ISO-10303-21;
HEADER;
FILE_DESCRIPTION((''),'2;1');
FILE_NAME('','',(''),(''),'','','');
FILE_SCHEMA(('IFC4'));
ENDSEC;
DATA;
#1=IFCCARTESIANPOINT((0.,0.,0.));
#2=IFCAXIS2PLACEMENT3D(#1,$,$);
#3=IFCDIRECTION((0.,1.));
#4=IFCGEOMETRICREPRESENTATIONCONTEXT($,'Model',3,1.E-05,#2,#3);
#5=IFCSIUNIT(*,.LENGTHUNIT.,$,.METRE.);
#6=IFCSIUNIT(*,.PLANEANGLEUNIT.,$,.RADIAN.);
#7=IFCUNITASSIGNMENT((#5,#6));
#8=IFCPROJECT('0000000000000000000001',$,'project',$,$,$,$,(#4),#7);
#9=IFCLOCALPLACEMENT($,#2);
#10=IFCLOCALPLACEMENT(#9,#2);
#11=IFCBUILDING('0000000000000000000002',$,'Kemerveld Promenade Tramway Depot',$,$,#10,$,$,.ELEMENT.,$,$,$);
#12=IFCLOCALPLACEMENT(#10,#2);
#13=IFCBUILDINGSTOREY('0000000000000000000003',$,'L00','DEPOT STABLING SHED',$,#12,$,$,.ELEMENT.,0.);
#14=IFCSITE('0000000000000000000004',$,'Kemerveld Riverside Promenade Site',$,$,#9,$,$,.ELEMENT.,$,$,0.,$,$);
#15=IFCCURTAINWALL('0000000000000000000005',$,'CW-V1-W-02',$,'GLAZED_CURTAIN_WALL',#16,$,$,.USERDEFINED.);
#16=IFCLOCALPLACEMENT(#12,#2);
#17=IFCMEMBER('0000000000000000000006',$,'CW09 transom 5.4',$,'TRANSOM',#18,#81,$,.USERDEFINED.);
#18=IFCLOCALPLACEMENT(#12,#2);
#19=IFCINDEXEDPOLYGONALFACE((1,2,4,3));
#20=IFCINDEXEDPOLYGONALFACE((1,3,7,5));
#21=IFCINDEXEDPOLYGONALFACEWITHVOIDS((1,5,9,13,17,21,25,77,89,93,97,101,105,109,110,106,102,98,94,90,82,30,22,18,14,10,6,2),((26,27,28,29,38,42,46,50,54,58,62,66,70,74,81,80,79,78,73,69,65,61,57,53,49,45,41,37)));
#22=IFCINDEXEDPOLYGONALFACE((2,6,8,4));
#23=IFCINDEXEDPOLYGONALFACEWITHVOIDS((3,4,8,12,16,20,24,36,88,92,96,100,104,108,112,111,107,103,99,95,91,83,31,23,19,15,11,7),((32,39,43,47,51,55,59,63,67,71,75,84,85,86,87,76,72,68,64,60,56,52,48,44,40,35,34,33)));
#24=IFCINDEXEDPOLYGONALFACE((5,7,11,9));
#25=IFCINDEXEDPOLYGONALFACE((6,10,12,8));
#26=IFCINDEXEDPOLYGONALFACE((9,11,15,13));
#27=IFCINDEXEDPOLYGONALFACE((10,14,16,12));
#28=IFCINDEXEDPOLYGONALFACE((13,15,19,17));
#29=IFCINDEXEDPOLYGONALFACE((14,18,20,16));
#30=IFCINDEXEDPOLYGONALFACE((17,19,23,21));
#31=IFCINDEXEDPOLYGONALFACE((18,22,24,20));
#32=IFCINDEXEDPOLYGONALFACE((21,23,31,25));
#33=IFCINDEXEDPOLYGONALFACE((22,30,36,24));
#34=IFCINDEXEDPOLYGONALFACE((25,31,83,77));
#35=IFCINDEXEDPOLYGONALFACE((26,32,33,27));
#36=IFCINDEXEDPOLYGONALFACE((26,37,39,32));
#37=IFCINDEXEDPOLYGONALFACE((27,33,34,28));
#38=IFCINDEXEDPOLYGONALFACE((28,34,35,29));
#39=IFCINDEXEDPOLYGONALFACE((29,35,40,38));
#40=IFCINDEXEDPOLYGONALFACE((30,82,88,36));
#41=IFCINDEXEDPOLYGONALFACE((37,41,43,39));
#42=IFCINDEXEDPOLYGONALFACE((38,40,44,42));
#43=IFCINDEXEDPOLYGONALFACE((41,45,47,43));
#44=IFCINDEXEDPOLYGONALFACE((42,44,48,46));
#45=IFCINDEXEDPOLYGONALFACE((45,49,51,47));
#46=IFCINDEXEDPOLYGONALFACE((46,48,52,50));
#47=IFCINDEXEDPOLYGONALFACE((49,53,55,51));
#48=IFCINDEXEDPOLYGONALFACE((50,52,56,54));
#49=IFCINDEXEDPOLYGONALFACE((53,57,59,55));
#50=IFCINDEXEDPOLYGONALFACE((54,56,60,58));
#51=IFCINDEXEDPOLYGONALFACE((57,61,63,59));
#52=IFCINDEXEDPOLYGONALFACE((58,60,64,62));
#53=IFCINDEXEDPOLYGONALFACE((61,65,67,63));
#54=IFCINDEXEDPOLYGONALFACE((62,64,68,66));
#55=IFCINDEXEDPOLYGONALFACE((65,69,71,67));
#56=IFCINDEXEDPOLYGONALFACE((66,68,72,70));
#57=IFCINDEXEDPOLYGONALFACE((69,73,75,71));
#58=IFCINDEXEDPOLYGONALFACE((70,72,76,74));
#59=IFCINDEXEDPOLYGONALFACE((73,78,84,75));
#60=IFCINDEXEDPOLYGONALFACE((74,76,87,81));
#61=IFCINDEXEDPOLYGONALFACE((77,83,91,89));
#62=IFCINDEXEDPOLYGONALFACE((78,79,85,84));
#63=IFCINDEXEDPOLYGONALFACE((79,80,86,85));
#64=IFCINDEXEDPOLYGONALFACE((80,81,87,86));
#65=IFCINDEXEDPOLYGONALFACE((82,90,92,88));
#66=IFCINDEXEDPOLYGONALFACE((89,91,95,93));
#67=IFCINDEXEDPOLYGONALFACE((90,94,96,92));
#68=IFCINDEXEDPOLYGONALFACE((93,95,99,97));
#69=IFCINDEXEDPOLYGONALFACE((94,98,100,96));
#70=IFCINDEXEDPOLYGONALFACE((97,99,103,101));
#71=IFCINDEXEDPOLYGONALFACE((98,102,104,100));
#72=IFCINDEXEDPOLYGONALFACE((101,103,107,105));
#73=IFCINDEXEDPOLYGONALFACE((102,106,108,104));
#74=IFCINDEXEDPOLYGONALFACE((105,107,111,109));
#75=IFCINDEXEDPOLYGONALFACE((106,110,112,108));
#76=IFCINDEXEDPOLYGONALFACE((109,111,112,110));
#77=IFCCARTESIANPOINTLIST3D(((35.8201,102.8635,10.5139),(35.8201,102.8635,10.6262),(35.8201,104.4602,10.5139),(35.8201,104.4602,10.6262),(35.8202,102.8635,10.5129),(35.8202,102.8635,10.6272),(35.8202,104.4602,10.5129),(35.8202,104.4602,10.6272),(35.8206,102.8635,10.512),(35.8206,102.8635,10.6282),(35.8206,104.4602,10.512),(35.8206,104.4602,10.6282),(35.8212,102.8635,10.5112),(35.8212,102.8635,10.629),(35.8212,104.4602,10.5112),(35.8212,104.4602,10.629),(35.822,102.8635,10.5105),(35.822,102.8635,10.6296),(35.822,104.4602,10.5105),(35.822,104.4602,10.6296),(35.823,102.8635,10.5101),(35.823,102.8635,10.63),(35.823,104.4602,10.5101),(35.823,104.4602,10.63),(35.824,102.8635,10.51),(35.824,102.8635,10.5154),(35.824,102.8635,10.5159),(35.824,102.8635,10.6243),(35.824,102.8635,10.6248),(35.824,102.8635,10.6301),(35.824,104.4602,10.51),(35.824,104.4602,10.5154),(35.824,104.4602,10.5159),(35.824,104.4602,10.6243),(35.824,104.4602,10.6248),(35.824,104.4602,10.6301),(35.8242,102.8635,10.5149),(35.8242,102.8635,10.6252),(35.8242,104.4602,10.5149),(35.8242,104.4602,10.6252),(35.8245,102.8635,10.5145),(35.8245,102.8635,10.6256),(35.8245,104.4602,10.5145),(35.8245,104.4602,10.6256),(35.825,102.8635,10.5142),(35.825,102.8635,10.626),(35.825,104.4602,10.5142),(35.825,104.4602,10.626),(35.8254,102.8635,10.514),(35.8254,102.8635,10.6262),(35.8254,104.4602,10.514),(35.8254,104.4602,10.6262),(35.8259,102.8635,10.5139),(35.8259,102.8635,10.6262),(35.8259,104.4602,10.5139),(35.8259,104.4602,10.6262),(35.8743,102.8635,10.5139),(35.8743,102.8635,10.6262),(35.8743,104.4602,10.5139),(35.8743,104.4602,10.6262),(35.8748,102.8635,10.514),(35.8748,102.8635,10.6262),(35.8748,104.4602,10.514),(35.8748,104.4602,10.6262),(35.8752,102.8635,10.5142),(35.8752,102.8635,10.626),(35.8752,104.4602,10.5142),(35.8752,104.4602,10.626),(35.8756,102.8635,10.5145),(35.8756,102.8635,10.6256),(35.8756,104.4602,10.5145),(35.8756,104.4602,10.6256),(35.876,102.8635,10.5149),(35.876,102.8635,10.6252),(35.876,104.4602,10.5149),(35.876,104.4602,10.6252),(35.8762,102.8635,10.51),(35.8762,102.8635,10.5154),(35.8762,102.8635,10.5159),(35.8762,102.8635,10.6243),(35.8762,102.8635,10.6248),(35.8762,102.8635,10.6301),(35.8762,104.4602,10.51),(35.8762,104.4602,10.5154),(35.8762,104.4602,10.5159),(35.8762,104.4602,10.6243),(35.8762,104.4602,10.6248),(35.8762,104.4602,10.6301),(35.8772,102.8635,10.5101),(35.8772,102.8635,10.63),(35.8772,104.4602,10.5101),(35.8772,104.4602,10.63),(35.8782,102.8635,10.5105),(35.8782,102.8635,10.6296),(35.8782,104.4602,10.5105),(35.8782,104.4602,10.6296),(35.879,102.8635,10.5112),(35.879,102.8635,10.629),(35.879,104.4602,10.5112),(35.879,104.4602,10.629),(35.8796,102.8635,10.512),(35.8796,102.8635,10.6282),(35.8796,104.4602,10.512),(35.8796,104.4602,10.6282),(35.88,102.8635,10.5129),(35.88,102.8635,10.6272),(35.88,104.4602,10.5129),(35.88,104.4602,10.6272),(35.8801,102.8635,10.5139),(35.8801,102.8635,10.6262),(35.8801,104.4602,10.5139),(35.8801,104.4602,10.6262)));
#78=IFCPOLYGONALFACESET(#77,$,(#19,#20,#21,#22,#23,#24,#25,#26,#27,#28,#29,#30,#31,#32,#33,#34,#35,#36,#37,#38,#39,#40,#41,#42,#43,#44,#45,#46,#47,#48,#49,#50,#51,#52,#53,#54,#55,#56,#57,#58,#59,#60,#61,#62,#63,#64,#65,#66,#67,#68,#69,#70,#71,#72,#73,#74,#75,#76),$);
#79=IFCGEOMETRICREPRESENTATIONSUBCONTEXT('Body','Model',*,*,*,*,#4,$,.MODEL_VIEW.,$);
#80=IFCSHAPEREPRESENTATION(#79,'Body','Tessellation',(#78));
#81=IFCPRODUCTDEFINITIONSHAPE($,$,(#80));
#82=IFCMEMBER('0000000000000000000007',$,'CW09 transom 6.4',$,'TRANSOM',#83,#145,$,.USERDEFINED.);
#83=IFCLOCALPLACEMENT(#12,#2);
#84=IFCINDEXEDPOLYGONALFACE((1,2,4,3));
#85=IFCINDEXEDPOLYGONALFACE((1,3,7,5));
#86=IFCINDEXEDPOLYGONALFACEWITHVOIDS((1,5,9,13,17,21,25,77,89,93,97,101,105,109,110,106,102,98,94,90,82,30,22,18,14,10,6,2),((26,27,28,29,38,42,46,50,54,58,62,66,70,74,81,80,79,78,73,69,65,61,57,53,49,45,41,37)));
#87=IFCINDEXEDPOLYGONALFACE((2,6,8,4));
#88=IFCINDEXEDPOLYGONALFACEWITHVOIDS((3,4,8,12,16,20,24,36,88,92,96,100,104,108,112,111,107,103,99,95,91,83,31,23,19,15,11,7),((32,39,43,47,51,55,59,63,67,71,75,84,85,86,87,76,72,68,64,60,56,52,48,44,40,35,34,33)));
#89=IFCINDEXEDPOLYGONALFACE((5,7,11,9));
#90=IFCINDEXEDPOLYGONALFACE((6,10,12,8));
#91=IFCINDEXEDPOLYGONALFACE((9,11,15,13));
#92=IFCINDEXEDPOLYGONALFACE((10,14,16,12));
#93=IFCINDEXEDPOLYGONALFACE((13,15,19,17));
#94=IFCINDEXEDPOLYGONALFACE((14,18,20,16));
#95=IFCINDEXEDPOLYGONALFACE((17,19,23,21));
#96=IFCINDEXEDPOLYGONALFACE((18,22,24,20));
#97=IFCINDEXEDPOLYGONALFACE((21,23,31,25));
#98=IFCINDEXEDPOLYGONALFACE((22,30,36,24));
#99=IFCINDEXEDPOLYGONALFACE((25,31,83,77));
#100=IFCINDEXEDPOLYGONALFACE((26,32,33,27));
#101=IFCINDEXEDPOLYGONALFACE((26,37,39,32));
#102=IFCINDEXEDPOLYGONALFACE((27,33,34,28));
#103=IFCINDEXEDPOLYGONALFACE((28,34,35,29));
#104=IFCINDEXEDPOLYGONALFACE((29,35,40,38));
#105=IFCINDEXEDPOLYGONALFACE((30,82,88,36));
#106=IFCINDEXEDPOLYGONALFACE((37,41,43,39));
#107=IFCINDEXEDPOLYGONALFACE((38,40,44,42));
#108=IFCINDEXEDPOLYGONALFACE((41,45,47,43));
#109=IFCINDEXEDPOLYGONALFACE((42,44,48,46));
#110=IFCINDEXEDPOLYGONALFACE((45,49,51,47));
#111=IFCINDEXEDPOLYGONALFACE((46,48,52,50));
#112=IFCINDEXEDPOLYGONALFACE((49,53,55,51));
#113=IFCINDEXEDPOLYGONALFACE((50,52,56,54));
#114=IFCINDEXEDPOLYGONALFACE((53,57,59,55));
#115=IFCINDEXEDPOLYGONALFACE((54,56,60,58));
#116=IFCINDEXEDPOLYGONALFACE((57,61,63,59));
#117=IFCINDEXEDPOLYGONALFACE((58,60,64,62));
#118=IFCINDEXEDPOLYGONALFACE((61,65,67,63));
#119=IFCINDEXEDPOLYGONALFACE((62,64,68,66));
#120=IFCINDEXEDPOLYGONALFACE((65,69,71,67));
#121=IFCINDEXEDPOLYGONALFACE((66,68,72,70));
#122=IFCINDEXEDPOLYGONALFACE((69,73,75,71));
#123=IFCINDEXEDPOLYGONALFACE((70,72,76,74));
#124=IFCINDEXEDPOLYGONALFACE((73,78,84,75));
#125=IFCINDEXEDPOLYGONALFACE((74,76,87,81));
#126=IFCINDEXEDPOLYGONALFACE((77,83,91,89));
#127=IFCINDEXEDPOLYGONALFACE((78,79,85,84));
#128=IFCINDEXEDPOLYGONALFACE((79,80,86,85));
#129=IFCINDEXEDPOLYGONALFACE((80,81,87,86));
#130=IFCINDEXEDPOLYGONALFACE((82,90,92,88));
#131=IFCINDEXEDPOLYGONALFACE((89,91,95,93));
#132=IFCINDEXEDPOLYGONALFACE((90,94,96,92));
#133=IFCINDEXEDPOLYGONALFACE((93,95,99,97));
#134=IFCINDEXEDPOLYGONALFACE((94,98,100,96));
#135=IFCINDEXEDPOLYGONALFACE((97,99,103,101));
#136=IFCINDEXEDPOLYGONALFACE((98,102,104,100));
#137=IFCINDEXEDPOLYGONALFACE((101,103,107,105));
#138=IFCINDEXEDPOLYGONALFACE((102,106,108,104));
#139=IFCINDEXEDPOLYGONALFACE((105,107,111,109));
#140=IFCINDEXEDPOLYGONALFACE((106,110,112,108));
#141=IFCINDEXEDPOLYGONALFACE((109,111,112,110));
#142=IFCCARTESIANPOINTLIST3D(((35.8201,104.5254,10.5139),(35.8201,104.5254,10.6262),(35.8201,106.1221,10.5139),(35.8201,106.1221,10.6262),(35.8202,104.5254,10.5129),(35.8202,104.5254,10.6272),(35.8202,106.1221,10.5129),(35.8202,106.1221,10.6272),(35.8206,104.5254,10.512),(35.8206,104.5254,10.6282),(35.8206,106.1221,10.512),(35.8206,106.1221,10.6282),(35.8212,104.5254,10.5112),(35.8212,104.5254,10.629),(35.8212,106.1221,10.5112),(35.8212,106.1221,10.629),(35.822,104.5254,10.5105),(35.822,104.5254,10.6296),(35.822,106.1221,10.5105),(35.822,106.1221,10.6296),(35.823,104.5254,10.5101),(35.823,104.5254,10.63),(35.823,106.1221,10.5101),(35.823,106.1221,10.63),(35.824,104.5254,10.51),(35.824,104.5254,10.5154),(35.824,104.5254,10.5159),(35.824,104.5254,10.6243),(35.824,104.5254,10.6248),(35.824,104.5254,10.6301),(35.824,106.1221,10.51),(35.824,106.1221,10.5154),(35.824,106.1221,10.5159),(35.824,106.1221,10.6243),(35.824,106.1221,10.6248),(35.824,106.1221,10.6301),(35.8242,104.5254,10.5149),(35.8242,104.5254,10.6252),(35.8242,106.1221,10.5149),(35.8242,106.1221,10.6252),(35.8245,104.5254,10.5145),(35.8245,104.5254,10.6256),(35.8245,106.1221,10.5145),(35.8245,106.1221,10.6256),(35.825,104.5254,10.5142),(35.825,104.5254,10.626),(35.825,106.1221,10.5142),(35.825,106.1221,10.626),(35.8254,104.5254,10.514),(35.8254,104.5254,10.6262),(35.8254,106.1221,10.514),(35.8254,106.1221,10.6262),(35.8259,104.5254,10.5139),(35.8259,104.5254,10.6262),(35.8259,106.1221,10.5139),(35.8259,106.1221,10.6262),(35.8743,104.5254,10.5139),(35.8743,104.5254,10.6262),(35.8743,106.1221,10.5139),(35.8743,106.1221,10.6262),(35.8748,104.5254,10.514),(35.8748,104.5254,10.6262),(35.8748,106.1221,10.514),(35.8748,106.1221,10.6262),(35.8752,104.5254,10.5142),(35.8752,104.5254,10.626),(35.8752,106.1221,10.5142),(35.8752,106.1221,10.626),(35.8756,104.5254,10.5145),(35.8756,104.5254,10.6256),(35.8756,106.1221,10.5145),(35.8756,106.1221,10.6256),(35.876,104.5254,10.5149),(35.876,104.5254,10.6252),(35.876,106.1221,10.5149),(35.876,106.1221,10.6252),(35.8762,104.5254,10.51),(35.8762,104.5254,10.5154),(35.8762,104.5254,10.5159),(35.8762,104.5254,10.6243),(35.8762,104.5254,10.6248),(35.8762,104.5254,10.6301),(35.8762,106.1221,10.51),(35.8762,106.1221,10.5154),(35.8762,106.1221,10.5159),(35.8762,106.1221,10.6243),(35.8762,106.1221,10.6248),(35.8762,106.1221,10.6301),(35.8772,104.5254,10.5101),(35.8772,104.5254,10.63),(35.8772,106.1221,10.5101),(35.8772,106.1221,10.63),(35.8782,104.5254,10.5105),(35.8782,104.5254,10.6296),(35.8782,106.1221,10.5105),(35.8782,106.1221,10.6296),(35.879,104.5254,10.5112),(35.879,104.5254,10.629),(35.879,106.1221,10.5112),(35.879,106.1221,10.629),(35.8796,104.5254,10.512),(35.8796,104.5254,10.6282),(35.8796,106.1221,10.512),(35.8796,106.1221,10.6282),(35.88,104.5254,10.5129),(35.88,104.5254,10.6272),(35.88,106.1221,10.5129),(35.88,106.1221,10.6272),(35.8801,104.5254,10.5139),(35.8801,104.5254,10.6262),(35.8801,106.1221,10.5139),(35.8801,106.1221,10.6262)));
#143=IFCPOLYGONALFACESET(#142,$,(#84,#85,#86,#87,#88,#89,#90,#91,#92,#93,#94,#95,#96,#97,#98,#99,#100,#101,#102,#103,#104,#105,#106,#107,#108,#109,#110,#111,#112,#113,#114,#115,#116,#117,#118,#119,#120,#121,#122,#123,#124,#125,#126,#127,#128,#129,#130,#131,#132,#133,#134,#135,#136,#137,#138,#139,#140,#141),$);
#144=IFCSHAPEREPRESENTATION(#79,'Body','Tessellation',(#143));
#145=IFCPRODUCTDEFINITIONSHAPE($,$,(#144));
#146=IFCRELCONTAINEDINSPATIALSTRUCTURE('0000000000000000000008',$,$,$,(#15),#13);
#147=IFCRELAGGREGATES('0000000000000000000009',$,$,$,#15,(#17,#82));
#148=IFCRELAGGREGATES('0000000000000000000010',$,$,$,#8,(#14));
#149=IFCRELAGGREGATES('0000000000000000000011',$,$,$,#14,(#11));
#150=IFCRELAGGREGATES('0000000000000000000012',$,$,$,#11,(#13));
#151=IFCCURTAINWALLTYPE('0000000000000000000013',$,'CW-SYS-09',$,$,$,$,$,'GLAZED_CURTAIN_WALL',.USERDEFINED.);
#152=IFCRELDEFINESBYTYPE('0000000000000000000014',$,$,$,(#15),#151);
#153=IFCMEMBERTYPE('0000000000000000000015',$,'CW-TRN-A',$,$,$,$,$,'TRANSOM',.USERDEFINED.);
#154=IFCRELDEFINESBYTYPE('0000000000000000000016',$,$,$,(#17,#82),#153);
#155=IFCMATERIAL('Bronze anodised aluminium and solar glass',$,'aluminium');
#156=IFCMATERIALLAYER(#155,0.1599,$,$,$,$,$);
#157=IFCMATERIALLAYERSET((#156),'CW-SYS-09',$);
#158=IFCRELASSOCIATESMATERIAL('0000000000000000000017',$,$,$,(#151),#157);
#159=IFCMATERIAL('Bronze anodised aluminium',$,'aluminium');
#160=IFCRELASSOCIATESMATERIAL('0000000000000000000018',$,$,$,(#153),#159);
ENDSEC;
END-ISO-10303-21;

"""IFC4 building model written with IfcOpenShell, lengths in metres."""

from ifc_helpers import new_model, si_unit, direction, frame, origin, origin_2d, place, context, subcontext, project, spatial, hollow_rectangle, extrude, material, layer, layer_set, material_profile, profile_set, type_object, element, aggregate, save


model = new_model("IFC4")

# Units and contexts
model_context = context("Model", 3, precision=1e-05, world=origin(), true_north=direction((0.0, 1.0)))
body_context = subcontext(model_context, "Body", "Model", "MODEL_VIEW")
ifc_project = project(units=[si_unit("LENGTHUNIT", "METRE"), si_unit("PLANEANGLEUNIT", "RADIAN")], contexts=[model_context])

# Site, building, storey
site_placement = place(None, origin())
site = spatial("IfcSite", under=ifc_project, at=site_placement, Name="Kemerveld Riverside Promenade Site", CompositionType="ELEMENT", RefElevation=0.0)
building_placement = place(site_placement, origin())
building = spatial("IfcBuilding", under=site, at=building_placement, Name="Kemerveld Promenade Tramway Depot", CompositionType="ELEMENT")
storey_placement = place(building_placement, origin())
storey = spatial("IfcBuildingStorey", under=building, at=storey_placement, Name="L00", Description="DEPOT STABLING SHED", CompositionType="ELEMENT", Elevation=0.0)

# Curtain wall, members
ifc_material_1 = material(Name="Bronze anodised aluminium and solar glass", Category="aluminium")
ifc_layer_1 = layer(ifc_material_1, 0.1599)
ifc_layer_set_1 = layer_set([ifc_layer_1], Name="CW-SYS-09")
curtain_wall_type_1 = type_object("IfcCurtainWallType", Name="CW-SYS-09", ElementType="GLAZED_CURTAIN_WALL", PredefinedType="USERDEFINED", material=ifc_layer_set_1)
curtain_wall_1_placement = place(storey_placement, origin())
curtain_wall_1 = element("IfcCurtainWall", 1, at=curtain_wall_1_placement, inside=storey, type_object=curtain_wall_type_1, Name="CW-V1-W-02", ObjectType="GLAZED_CURTAIN_WALL", PredefinedType="USERDEFINED")
ifc_material_2 = material(Name="Bronze anodised aluminium", Category="aluminium")
ifc_material_profile_1 = material_profile(ifc_material_2, hollow_rectangle(XDim=0.0601, YDim=0.1201, WallThickness=0.0039, InnerFilletRadius=0.002, OuterFilletRadius=0.0039, at=origin_2d()), Name="CW-TRN-120x60")
ifc_profile_set_1 = profile_set([ifc_material_profile_1], Name="Bronze anodised aluminium")
member_type_1 = type_object("IfcMemberType", Name="CW-TRN-A", ElementType="TRANSOM", PredefinedType="USERDEFINED", material=ifc_profile_set_1)
member_1_placement = place(storey_placement, frame((35.8501, 102.8635, 10.5701), z_axis=(0.0, 1.0, 0.0), x_axis=(-1.0, 0.0, 0.0)))
member_1 = element("IfcMember", 2, at=member_1_placement, type_object=member_type_1, Name="CW09 transom 5.4", ObjectType="TRANSOM", PredefinedType="USERDEFINED", context=body_context, shape_type="SweptSolid", body=[
    extrude(hollow_rectangle(XDim=0.0601, YDim=0.1201, WallThickness=0.0039, InnerFilletRadius=0.002, OuterFilletRadius=0.0039, at=origin_2d()), origin(), (0.0, 0.0, 1.0), 1.5967),
])
member_2_placement = place(storey_placement, frame((35.8501, 104.5254, 10.5701), z_axis=(0.0, 1.0, 0.0), x_axis=(-1.0, 0.0, 0.0)))
member_2 = element("IfcMember", 3, at=member_2_placement, type_object=member_type_1, Name="CW09 transom 6.4", ObjectType="TRANSOM", PredefinedType="USERDEFINED", context=body_context, shape_type="SweptSolid", body=[
    extrude(hollow_rectangle(XDim=0.0601, YDim=0.1201, WallThickness=0.0039, InnerFilletRadius=0.002, OuterFilletRadius=0.0039, at=origin_2d()), origin(), (0.0, 0.0, 1.0), 1.5967),
])

aggregate(curtain_wall_1, [member_1, member_2])

save(model, "model.ifc")
